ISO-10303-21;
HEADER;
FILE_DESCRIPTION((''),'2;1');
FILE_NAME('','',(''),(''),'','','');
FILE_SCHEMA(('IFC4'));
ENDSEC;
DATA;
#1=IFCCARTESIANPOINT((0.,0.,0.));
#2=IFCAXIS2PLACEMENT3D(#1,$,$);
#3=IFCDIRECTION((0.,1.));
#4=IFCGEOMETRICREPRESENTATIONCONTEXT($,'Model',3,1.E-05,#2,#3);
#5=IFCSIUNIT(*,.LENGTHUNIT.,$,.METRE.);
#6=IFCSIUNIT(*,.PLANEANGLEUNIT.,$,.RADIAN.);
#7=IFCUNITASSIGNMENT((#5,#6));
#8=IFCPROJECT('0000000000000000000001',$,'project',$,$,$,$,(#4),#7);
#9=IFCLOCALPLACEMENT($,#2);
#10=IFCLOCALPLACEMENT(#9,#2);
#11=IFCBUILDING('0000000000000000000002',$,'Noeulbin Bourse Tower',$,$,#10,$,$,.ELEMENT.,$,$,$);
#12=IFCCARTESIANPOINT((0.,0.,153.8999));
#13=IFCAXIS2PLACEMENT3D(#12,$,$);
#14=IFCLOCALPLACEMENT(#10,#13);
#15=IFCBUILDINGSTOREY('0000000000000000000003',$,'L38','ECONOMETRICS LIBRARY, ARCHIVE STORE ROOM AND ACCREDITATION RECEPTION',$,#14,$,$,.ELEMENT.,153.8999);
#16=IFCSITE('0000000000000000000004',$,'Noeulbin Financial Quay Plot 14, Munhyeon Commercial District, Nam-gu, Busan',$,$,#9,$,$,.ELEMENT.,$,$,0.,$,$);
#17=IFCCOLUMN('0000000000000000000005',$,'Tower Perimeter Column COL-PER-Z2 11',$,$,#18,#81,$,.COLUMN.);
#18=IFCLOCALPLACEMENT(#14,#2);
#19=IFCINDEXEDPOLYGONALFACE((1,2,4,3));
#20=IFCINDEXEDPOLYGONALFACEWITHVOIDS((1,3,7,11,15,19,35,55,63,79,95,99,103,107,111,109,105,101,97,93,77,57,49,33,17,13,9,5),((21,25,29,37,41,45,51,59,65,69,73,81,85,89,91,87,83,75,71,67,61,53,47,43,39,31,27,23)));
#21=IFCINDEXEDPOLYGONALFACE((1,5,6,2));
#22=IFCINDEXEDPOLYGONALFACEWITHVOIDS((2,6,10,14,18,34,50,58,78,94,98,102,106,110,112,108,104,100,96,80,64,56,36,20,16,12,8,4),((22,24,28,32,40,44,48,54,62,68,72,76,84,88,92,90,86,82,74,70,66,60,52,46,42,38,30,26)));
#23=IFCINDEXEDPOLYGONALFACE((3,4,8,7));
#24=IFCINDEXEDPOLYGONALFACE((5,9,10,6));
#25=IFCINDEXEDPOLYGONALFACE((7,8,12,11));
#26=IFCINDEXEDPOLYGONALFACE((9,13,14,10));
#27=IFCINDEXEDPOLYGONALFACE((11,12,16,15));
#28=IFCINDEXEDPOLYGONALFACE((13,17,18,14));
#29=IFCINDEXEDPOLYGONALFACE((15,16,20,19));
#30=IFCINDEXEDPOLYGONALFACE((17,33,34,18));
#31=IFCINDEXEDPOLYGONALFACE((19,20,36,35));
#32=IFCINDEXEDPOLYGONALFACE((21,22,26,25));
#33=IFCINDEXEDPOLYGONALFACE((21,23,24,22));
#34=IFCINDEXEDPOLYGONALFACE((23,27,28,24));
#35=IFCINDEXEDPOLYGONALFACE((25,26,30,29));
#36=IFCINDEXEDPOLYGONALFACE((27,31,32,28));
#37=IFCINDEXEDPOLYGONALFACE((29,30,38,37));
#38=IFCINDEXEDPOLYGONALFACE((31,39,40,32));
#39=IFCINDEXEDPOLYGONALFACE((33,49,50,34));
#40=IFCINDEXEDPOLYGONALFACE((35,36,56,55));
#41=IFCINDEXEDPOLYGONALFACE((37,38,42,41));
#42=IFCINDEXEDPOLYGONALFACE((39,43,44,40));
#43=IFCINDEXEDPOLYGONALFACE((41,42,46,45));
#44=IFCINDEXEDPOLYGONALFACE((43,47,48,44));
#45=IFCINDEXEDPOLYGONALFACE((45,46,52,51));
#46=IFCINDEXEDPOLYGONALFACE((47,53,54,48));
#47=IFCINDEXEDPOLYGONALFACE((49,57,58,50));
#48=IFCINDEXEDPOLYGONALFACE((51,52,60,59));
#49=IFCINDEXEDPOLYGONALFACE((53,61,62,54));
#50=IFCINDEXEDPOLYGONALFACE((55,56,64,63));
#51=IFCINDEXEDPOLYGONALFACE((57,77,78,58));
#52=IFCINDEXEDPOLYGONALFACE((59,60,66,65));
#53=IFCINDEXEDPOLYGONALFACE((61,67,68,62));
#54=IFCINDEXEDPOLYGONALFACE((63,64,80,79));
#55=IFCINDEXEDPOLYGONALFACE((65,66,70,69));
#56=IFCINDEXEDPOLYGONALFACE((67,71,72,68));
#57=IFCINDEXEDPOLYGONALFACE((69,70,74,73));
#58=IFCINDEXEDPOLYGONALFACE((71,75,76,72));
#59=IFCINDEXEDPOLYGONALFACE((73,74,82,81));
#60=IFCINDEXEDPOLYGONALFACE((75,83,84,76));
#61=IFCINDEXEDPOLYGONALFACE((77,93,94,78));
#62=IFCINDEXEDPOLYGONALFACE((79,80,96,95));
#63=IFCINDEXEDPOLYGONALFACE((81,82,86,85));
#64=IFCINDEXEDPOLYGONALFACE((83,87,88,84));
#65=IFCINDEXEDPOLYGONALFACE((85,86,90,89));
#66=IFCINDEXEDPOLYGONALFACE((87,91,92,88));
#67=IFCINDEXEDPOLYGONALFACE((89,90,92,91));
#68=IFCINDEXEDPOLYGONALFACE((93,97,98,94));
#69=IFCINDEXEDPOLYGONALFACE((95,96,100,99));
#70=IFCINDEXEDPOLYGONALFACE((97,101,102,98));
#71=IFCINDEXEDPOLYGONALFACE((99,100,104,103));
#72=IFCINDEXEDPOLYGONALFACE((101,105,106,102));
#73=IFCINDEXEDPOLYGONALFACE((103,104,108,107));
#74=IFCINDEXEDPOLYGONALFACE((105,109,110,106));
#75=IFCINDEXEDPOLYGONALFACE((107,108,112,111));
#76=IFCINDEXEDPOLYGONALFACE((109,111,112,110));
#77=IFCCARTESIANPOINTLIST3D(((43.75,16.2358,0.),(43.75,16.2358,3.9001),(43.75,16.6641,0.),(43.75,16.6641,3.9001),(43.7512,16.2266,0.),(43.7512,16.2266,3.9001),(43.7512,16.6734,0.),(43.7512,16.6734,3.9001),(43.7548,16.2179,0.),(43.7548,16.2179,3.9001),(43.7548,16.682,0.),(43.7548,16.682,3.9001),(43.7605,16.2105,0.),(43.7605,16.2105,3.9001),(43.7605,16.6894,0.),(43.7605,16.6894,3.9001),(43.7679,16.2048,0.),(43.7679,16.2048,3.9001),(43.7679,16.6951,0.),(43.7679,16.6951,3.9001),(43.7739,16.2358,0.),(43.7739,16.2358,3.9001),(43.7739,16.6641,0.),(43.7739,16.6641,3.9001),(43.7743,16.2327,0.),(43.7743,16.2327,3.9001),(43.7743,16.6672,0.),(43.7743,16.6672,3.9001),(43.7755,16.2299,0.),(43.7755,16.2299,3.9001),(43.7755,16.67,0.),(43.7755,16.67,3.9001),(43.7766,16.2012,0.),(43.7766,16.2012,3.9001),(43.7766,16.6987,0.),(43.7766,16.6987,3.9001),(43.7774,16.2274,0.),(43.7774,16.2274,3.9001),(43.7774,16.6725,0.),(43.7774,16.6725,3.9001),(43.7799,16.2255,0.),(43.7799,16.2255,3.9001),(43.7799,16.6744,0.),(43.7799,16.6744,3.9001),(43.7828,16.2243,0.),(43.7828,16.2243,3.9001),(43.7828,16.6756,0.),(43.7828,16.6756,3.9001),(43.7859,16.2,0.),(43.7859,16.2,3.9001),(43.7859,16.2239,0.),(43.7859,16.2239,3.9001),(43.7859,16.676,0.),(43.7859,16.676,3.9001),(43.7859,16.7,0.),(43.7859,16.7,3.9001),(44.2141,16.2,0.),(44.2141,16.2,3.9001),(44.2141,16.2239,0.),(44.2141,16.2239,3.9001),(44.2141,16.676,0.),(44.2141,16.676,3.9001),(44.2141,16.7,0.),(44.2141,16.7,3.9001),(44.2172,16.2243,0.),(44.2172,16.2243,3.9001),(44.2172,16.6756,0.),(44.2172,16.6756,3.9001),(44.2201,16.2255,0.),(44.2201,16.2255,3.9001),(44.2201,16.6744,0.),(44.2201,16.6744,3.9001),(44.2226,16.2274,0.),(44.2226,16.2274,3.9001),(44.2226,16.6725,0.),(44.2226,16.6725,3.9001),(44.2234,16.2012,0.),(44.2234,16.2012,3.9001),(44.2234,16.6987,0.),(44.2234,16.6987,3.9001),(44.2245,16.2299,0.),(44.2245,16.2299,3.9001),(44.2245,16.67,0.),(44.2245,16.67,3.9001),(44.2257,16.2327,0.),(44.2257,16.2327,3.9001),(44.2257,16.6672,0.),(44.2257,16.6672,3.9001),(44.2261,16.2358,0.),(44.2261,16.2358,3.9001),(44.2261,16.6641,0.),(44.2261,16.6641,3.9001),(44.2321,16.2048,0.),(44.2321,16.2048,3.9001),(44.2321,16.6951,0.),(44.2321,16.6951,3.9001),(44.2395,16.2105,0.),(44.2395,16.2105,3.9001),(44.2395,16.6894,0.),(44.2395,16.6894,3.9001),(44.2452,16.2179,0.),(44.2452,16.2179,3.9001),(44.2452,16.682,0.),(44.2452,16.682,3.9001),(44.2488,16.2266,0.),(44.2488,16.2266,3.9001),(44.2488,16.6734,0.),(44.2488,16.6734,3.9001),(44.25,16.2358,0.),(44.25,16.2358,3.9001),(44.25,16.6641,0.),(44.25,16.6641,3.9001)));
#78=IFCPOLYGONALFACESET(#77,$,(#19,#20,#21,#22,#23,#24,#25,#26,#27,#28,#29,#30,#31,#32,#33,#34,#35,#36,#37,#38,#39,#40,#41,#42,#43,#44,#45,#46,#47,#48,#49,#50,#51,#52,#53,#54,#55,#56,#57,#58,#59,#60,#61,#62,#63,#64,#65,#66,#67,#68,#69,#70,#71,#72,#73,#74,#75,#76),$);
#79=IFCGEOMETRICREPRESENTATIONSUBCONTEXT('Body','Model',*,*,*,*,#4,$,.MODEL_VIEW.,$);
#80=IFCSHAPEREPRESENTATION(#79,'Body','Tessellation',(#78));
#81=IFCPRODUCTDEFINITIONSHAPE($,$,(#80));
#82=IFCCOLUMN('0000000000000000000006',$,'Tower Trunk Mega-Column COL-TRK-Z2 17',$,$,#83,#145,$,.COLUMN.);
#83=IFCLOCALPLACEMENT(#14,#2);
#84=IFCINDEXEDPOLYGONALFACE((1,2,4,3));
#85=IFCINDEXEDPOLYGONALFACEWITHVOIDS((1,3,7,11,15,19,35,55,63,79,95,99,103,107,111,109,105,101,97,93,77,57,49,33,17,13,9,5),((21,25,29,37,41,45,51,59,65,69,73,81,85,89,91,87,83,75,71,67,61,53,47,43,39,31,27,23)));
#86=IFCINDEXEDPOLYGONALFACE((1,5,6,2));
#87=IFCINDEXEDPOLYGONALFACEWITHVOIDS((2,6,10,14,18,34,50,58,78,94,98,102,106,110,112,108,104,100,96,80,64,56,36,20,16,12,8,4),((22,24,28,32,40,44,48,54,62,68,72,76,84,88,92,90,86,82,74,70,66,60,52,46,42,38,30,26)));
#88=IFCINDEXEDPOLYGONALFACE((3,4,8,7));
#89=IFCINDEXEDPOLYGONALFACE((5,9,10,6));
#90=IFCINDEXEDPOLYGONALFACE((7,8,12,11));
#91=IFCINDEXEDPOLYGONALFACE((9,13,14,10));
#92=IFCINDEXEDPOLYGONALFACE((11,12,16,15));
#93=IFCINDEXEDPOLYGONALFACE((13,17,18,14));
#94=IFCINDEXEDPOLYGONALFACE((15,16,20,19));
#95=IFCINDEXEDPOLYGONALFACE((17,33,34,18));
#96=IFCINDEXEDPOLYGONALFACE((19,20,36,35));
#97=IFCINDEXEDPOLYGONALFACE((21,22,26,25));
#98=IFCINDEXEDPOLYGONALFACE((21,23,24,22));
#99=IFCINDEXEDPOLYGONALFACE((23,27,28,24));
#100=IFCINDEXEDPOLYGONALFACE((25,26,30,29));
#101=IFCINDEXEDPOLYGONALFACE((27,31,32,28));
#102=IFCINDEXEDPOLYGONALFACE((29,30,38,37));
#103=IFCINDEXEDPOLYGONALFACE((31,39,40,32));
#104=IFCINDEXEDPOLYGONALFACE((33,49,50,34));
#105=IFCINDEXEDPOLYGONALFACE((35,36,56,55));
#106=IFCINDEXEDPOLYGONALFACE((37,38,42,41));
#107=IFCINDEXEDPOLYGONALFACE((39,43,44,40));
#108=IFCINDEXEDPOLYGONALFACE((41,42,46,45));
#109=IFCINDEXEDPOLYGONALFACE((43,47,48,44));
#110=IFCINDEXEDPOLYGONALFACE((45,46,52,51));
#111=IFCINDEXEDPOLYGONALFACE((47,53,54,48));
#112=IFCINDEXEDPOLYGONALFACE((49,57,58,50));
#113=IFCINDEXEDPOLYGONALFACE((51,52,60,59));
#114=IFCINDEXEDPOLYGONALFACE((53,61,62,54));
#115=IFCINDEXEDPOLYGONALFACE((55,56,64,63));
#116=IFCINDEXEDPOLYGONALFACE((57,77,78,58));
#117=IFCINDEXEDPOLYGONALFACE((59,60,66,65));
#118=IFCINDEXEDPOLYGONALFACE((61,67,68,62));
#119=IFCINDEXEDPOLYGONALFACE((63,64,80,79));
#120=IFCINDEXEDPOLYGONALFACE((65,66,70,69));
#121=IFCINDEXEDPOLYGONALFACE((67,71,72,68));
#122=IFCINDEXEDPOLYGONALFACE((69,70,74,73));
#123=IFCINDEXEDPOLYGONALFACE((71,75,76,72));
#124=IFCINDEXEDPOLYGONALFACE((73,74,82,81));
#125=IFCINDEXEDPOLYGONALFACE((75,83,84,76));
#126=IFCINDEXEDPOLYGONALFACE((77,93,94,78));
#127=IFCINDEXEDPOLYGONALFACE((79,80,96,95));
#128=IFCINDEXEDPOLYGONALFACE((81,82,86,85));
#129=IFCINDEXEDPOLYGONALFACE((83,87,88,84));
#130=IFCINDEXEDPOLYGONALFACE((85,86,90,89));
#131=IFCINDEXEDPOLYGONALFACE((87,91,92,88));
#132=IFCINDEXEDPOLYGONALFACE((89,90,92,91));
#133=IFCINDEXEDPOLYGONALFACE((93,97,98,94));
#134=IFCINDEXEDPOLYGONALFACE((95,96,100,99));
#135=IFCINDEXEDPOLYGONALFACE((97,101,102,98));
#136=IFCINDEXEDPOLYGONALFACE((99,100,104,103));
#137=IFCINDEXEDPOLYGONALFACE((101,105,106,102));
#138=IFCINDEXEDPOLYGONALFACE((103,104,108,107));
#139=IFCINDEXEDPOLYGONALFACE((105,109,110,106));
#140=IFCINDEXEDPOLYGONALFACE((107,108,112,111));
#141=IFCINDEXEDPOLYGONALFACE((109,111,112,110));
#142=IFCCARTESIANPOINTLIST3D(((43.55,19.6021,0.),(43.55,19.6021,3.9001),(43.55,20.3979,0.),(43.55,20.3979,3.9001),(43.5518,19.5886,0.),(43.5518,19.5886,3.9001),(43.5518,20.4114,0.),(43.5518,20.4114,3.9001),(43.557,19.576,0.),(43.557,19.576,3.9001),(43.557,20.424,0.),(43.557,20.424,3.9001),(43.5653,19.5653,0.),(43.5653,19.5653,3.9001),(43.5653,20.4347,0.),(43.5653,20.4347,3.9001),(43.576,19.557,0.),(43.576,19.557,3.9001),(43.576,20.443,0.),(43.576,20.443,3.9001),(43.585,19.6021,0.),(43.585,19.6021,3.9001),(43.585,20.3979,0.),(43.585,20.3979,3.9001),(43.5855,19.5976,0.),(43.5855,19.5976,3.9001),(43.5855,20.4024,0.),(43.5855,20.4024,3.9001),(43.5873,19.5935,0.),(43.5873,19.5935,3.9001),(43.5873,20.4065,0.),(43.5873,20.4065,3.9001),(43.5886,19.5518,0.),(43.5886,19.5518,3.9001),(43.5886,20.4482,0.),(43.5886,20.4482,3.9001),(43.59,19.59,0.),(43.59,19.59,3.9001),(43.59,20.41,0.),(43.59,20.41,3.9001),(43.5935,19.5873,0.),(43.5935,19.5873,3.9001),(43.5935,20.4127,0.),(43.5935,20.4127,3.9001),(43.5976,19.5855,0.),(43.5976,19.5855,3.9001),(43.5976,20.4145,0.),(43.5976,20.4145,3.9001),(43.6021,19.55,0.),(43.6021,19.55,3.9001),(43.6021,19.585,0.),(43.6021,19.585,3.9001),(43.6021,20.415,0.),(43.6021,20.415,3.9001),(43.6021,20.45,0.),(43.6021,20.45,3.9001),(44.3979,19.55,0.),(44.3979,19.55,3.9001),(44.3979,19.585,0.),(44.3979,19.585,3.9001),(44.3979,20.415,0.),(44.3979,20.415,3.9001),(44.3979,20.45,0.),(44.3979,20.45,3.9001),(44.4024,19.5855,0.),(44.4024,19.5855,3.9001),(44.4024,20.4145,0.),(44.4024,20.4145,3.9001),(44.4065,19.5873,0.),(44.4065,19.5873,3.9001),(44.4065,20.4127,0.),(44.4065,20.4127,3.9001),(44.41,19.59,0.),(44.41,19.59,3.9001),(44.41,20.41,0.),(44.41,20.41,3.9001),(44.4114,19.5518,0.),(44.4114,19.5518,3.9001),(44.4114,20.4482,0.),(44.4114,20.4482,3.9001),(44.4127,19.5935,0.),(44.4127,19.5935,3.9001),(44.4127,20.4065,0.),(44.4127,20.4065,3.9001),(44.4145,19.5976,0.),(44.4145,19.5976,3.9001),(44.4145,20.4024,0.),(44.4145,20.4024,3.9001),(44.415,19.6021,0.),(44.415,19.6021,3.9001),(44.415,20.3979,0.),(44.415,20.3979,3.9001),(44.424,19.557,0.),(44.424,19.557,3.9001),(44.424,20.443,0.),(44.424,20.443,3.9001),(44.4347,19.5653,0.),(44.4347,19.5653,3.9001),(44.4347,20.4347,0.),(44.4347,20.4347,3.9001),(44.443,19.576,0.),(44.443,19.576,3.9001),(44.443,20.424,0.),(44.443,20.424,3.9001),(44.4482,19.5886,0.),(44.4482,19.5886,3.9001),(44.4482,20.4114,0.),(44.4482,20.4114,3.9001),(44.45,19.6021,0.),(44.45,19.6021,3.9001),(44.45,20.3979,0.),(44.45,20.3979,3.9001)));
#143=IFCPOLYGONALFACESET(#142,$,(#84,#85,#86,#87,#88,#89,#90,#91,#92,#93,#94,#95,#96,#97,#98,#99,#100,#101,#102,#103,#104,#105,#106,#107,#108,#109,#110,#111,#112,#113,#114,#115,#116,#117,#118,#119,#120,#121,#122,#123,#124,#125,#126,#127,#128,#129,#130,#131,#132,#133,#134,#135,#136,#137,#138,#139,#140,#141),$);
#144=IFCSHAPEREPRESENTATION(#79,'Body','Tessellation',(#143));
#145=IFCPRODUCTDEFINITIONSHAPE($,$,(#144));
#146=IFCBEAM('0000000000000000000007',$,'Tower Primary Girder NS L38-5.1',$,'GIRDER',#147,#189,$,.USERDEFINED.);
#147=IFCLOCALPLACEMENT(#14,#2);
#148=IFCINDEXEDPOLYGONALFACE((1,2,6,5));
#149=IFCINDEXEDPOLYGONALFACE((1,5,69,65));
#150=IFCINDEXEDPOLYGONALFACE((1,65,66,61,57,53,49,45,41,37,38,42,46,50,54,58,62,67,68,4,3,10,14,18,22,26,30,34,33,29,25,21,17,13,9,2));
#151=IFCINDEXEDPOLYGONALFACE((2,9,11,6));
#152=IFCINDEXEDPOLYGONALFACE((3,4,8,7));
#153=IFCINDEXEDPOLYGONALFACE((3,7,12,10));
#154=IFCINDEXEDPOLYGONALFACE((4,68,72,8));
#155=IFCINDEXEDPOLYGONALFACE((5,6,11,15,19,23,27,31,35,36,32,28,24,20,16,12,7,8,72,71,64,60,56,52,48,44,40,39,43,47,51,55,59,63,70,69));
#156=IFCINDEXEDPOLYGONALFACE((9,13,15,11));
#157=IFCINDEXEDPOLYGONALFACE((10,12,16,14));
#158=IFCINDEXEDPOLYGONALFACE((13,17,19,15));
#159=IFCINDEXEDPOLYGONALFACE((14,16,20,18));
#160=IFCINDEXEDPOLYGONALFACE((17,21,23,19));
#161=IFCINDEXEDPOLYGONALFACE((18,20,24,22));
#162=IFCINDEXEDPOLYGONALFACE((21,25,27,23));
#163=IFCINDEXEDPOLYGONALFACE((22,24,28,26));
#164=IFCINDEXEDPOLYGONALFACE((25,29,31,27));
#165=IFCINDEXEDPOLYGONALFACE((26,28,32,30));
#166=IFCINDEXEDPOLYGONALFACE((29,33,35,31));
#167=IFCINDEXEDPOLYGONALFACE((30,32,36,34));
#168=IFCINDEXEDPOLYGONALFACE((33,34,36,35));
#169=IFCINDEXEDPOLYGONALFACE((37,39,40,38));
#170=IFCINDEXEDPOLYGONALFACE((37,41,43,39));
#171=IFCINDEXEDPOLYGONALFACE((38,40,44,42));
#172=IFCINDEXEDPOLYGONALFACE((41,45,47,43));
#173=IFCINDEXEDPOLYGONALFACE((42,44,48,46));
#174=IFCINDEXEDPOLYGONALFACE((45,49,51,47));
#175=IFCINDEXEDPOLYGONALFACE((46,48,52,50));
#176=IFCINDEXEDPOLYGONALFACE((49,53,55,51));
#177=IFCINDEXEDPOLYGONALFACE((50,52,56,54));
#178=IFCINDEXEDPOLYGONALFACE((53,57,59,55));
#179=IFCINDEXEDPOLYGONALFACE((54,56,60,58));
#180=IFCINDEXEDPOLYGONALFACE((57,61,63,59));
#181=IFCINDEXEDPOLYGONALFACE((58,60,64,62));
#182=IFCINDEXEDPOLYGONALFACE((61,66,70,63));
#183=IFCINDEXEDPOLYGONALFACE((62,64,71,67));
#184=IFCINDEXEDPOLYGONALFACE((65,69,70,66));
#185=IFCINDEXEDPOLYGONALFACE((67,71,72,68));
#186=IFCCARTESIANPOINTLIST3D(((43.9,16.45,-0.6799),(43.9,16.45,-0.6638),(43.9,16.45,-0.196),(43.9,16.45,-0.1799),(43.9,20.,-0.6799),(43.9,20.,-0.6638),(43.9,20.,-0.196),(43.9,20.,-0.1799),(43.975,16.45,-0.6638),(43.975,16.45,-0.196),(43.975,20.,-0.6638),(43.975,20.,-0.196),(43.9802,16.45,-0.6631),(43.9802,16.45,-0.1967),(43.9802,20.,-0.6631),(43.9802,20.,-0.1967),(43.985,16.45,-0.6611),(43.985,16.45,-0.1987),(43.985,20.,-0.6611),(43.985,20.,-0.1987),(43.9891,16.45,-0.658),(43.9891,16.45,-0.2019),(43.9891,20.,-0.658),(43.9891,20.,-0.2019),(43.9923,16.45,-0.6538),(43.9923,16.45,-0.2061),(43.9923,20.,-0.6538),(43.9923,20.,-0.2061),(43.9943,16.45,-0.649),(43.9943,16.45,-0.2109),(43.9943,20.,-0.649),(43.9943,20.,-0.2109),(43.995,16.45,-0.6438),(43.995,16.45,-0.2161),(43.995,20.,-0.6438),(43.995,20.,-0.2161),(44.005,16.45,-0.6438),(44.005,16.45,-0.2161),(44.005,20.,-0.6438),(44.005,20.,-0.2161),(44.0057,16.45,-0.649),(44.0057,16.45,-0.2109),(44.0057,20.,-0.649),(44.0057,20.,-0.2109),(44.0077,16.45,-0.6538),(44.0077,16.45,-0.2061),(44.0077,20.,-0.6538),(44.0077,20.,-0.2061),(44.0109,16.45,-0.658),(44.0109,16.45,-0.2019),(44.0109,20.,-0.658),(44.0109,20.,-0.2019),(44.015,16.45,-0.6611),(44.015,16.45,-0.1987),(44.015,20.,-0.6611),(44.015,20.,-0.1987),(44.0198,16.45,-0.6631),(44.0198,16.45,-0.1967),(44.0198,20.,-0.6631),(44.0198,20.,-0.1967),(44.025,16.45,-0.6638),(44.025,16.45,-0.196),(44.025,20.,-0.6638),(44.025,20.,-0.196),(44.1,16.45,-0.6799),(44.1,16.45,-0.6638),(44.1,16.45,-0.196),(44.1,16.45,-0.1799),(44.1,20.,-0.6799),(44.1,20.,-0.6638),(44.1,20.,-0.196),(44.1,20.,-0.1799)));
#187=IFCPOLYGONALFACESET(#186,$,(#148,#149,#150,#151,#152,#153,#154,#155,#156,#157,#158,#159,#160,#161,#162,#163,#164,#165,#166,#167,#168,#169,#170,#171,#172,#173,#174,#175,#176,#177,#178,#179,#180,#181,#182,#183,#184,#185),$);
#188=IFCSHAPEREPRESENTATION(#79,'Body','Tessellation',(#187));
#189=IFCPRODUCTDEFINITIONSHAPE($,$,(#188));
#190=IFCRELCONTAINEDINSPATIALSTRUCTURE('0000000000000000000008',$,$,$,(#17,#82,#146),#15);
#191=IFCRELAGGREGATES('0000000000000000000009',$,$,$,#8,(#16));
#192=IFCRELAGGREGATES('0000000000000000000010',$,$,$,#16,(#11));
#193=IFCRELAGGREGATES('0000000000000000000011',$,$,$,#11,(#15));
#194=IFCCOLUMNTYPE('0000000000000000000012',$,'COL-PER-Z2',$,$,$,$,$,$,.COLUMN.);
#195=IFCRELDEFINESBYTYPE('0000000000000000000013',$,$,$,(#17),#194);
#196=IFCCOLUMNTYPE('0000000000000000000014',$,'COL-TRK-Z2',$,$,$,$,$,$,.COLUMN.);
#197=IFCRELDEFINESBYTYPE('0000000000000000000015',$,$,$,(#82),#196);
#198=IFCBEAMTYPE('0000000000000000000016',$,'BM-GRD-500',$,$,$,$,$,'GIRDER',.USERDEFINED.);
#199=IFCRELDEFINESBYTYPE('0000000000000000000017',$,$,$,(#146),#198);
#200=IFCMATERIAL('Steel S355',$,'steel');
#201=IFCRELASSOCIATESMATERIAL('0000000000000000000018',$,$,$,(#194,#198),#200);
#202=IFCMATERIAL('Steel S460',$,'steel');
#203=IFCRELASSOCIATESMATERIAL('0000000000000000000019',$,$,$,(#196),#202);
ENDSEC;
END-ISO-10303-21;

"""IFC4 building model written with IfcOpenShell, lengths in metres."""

from ifc_helpers import new_model, si_unit, direction, frame, origin, origin_2d, place, context, subcontext, project, spatial, hollow_rectangle, i_section, extrude, material, material_profile, profile_set, type_object, element, save


model = new_model("IFC4")

# Units and contexts
model_context = context("Model", 3, precision=1e-05, world=origin(), true_north=direction((0.0, 1.0)))
body_context = subcontext(model_context, "Body", "Model", "MODEL_VIEW")
ifc_project = project(units=[si_unit("LENGTHUNIT", "METRE"), si_unit("PLANEANGLEUNIT", "RADIAN")], contexts=[model_context])

# Site, building, storey
site_placement = place(None, origin())
site = spatial("IfcSite", under=ifc_project, at=site_placement, Name="Noeulbin Financial Quay Plot 14, Munhyeon Commercial District, Nam-gu, Busan", CompositionType="ELEMENT", RefElevation=0.0)
building_placement = place(site_placement, origin())
building = spatial("IfcBuilding", under=site, at=building_placement, Name="Noeulbin Bourse Tower", CompositionType="ELEMENT")
storey_placement = place(building_placement, frame((0.0, 0.0, 153.8999)))
storey = spatial("IfcBuildingStorey", under=building, at=storey_placement, Name="L38", Description="ECONOMETRICS LIBRARY, ARCHIVE STORE ROOM AND ACCREDITATION RECEPTION", CompositionType="ELEMENT", Elevation=153.8999)

# Columns
ifc_material_1 = material(Name="Steel S355", Category="steel")
ifc_material_profile_1 = material_profile(ifc_material_1, hollow_rectangle(XDim=0.5, YDim=0.5, WallThickness=0.0239, InnerFilletRadius=0.012, OuterFilletRadius=0.0359, at=origin_2d()), Name="BOX-500x500x24", Category="LoadBearing")
ifc_profile_set_1 = profile_set([ifc_material_profile_1], Name="Steel S355")
column_type_1 = type_object("IfcColumnType", Name="COL-PER-Z2", PredefinedType="COLUMN", material=ifc_profile_set_1)
column_1_placement = place(storey_placement, frame((44.0, 16.45, 0.0), z_axis=(0.0, 0.0, 1.0), x_axis=(1.0, 0.0, 0.0)))
element("IfcColumn", 1, at=column_1_placement, inside=storey, type_object=column_type_1, Name="Tower Perimeter Column COL-PER-Z2 11", PredefinedType="COLUMN", context=body_context, shape_type="SweptSolid", body=[
    extrude(hollow_rectangle(XDim=0.5, YDim=0.5, WallThickness=0.0239, InnerFilletRadius=0.012, OuterFilletRadius=0.0359, at=origin_2d()), origin(), (0.0, 0.0, 1.0), 3.9001),
])
ifc_material_2 = material(Name="Steel S460", Category="steel")
ifc_material_profile_2 = material_profile(ifc_material_2, hollow_rectangle(XDim=0.8999, YDim=0.8999, WallThickness=0.0349, InnerFilletRadius=0.0171, OuterFilletRadius=0.052, at=origin_2d()), Name="BOX-900x900x35", Category="LoadBearing")
ifc_profile_set_2 = profile_set([ifc_material_profile_2], Name="Steel S460")
column_type_2 = type_object("IfcColumnType", Name="COL-TRK-Z2", PredefinedType="COLUMN", material=ifc_profile_set_2)
column_2_placement = place(storey_placement, frame((44.0, 20.0, 0.0), z_axis=(0.0, 0.0, 1.0), x_axis=(1.0, 0.0, 0.0)))
element("IfcColumn", 2, at=column_2_placement, inside=storey, type_object=column_type_2, Name="Tower Trunk Mega-Column COL-TRK-Z2 17", PredefinedType="COLUMN", context=body_context, shape_type="SweptSolid", body=[
    extrude(hollow_rectangle(XDim=0.8999, YDim=0.8999, WallThickness=0.0349, InnerFilletRadius=0.0171, OuterFilletRadius=0.052, at=origin_2d()), origin(), (0.0, 0.0, 1.0), 3.9001),
])

# Beam
ifc_material_profile_3 = material_profile(ifc_material_1, i_section(OverallWidth=0.2, OverallDepth=0.5, WebThickness=0.01, FlangeThickness=0.0161, FilletRadius=0.02, at=origin_2d()), Name="H-500x200x10x16", Category="LoadBearing")
ifc_profile_set_3 = profile_set([ifc_material_profile_3], Name="Steel S355")
beam_type_1 = type_object("IfcBeamType", Name="BM-GRD-500", ElementType="GIRDER", PredefinedType="USERDEFINED", material=ifc_profile_set_3)
beam_placement = place(storey_placement, frame((44.0, 16.45, -0.4299), z_axis=(0.0, 1.0, 0.0), x_axis=(-1.0, 0.0, 0.0)))
element("IfcBeam", 3, at=beam_placement, inside=storey, type_object=beam_type_1, Name="Tower Primary Girder NS L38-5.1", ObjectType="GIRDER", PredefinedType="USERDEFINED", context=body_context, shape_type="SweptSolid", body=[
    extrude(i_section(OverallWidth=0.2, OverallDepth=0.5, WebThickness=0.01, FlangeThickness=0.0161, FilletRadius=0.02, at=origin_2d()), origin(), (0.0, 0.0, 1.0), 3.55),
])

save(model, "model.ifc")
